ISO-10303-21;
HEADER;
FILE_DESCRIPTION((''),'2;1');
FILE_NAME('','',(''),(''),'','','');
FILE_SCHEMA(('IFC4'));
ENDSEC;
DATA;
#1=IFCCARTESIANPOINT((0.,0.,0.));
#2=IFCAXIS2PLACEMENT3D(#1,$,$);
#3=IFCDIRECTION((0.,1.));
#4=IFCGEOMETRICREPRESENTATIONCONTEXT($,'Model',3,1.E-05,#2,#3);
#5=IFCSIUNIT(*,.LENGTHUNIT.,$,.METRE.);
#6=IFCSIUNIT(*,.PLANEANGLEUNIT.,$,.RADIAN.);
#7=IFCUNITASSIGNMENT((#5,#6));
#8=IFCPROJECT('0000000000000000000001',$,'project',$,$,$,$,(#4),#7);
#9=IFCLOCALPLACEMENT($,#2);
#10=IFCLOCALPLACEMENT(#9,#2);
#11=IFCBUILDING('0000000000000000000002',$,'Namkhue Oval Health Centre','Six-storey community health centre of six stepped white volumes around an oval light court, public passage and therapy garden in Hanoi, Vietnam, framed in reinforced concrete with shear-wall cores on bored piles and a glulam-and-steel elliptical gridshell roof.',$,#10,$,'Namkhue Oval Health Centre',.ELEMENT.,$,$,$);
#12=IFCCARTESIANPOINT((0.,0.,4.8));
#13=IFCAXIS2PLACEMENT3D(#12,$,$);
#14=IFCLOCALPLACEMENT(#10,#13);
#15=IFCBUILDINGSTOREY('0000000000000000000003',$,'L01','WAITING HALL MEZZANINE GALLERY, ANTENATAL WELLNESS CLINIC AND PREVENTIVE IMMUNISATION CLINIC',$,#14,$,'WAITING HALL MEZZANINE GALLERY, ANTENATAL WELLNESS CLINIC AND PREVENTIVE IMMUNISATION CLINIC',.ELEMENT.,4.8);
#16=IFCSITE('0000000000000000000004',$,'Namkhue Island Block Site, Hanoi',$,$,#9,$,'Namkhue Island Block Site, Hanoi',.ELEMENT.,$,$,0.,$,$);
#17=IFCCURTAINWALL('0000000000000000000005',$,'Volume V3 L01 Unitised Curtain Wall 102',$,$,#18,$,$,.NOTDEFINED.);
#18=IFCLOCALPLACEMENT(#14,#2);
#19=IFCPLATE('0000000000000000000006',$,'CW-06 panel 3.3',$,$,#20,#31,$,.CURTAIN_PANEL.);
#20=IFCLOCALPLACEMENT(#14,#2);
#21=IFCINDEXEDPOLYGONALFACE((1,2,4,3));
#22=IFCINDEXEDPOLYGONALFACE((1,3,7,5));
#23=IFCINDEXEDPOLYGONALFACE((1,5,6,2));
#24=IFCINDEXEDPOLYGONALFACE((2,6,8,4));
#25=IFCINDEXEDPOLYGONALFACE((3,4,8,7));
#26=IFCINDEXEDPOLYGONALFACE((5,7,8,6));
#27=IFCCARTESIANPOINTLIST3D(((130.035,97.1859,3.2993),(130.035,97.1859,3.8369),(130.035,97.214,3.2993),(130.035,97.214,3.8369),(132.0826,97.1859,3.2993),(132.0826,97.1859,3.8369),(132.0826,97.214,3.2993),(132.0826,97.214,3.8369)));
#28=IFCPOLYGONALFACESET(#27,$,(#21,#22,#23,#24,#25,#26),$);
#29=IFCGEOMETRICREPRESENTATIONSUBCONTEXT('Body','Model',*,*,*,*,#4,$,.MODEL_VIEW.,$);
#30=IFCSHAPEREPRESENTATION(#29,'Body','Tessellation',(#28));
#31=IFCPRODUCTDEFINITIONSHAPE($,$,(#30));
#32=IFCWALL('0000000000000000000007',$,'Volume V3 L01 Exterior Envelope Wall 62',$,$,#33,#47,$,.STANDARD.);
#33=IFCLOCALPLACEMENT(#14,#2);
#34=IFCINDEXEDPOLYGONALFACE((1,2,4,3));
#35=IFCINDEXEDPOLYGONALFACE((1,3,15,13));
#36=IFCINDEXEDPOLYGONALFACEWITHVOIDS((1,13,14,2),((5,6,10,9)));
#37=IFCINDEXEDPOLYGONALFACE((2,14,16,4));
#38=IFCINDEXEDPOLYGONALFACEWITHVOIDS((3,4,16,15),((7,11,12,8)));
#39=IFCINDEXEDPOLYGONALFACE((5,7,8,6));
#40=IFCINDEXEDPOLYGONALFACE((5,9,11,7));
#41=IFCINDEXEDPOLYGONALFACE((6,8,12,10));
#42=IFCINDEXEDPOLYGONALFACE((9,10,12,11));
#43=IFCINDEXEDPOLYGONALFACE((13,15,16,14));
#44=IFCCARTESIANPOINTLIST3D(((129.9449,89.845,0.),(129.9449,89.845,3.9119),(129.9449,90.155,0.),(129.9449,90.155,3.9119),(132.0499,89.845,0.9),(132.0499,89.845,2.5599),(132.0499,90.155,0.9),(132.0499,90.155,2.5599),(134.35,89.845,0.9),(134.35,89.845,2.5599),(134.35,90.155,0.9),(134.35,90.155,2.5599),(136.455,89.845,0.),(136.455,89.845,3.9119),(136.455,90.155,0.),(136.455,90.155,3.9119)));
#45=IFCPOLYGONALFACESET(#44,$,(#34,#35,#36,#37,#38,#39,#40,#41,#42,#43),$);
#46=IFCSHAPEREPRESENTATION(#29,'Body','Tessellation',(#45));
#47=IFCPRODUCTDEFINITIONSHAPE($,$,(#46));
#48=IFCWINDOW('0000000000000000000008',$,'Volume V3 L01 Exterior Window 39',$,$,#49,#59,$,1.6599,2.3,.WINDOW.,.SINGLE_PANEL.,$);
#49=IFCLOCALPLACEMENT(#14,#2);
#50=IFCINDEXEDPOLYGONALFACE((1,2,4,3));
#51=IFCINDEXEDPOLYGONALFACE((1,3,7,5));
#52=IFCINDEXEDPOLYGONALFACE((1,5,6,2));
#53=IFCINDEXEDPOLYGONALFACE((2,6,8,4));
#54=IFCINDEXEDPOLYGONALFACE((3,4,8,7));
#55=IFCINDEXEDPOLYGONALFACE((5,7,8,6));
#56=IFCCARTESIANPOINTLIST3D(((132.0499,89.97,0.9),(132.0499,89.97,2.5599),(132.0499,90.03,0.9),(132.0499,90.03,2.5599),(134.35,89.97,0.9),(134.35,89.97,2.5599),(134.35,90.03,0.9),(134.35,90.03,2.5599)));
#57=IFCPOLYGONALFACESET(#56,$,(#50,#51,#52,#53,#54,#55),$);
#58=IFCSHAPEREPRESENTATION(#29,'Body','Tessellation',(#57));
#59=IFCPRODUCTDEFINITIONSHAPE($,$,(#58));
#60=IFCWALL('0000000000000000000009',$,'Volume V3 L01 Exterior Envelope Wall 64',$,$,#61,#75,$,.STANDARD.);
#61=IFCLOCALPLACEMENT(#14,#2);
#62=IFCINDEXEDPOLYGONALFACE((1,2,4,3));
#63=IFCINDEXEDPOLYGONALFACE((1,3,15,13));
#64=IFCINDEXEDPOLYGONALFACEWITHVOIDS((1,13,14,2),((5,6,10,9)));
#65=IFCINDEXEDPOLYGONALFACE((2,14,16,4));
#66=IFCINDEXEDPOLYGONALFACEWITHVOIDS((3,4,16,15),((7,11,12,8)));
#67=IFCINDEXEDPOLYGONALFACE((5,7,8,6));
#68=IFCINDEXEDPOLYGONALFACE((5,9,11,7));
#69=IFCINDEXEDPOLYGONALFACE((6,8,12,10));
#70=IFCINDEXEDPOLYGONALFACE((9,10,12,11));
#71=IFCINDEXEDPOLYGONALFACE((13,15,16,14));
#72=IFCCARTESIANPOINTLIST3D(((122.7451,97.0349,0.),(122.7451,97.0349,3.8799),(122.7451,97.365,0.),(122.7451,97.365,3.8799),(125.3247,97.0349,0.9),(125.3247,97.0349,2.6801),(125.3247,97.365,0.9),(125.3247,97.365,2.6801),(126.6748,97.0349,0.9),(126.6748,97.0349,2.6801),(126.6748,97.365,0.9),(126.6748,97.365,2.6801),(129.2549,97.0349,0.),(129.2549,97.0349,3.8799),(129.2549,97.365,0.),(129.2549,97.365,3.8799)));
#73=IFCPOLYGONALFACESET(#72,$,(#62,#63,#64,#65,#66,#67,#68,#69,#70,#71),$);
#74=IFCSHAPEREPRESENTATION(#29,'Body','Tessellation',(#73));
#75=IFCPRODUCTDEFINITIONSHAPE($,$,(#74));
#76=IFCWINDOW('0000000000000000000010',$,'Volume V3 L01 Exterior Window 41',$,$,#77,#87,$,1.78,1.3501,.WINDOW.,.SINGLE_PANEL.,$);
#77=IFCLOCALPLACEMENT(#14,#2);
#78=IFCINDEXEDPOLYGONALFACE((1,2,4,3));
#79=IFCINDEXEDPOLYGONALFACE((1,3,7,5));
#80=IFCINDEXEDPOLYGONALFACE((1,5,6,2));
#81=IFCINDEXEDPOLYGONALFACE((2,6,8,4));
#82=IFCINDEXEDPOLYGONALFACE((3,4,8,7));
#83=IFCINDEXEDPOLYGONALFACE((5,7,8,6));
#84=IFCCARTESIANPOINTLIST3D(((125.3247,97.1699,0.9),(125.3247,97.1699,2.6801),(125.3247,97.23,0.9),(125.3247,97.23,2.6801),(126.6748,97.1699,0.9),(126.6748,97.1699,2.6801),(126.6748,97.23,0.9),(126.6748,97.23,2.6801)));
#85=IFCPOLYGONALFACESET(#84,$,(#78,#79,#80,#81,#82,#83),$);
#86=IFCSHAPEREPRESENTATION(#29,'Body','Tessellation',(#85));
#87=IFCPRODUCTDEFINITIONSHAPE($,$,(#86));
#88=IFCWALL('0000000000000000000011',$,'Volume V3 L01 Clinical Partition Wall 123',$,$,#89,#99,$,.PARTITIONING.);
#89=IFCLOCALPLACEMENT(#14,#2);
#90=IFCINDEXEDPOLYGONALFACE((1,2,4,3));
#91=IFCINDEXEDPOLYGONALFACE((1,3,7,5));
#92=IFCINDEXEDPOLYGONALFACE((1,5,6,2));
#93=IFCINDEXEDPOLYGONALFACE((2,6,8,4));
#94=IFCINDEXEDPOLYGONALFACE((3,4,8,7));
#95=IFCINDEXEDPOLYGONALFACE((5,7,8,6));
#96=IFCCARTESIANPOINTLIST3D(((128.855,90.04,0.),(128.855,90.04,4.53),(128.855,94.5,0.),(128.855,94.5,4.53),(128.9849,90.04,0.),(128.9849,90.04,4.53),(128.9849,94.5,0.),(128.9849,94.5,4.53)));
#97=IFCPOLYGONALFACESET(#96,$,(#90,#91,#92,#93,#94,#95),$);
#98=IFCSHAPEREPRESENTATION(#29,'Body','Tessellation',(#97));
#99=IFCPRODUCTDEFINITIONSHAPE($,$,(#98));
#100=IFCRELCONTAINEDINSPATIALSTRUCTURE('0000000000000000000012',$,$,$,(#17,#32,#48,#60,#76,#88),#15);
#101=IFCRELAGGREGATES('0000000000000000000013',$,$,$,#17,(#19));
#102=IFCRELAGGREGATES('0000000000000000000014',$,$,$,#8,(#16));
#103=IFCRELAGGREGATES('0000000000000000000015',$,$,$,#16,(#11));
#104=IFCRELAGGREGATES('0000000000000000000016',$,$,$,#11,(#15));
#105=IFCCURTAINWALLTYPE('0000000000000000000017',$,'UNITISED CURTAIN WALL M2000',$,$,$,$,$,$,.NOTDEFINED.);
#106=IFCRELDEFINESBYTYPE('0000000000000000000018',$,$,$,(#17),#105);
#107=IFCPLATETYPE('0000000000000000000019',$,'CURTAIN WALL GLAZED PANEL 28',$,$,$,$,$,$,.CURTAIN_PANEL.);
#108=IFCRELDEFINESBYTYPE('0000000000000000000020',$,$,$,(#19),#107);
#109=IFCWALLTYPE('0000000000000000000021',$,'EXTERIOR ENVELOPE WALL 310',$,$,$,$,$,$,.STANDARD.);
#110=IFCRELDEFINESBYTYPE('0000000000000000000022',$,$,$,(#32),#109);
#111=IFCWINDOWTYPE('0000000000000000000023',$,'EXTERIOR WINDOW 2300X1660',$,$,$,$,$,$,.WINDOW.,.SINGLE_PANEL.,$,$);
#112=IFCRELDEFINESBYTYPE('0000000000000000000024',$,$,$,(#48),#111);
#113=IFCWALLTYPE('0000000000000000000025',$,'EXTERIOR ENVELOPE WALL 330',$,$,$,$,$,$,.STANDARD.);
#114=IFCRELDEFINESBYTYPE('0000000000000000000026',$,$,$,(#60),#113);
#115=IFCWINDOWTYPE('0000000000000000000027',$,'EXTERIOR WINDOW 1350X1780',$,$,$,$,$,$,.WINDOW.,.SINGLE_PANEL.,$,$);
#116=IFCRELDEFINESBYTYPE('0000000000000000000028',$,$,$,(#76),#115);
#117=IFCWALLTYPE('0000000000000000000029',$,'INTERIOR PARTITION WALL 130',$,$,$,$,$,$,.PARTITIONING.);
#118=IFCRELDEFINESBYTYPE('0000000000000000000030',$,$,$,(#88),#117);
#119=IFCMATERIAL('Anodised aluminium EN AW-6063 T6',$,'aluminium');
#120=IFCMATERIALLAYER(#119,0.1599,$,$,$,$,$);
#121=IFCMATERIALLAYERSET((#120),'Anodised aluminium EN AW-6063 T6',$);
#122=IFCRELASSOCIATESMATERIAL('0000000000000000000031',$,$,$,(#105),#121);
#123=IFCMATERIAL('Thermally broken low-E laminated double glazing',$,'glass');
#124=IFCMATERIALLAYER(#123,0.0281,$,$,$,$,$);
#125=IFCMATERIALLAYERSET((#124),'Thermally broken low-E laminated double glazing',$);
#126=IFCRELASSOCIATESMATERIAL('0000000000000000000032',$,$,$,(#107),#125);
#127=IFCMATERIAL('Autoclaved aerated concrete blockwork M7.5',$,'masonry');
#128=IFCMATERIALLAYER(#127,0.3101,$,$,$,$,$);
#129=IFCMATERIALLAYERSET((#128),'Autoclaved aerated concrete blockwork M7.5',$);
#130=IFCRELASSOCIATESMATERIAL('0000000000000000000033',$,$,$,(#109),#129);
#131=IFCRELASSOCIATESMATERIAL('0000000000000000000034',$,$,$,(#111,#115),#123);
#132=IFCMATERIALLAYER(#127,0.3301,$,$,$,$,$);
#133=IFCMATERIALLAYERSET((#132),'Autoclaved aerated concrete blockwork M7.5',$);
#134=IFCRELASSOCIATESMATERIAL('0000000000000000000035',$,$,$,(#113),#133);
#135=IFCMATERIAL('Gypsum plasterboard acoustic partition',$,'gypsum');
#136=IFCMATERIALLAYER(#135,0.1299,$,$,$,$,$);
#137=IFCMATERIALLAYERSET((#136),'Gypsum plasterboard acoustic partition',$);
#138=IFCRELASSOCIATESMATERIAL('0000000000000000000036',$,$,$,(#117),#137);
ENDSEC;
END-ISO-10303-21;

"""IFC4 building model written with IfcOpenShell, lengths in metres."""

from ifc_helpers import new_model, si_unit, direction, frame, frame_2d, origin, origin_2d, place, context, subcontext, project, spatial, rectangle, extrude, material, layer, layer_set, type_object, element, fill, aggregate, save


model = new_model("IFC4")

# Units and contexts
model_context = context("Model", 3, precision=1e-05, world=origin(), true_north=direction((0.0, 1.0)))
body_context = subcontext(model_context, "Body", "Model", "MODEL_VIEW")
ifc_project = project(units=[si_unit("LENGTHUNIT", "METRE"), si_unit("PLANEANGLEUNIT", "RADIAN")], contexts=[model_context])

# Site, building, storey
site_placement = place(None, origin())
site = spatial("IfcSite", under=ifc_project, at=site_placement, Name="Namkhue Island Block Site, Hanoi", LongName="Namkhue Island Block Site, Hanoi", CompositionType="ELEMENT", RefElevation=0.0)
building_placement = place(site_placement, origin())
building = spatial("IfcBuilding", under=site, at=building_placement, Name="Namkhue Oval Health Centre", Description="Six-storey community health centre of six stepped white volumes around an oval light court, public passage and therapy garden in Hanoi, Vietnam, framed in reinforced concrete with shear-wall cores on bored piles and a glulam-and-steel elliptical gridshell roof.", LongName="Namkhue Oval Health Centre", CompositionType="ELEMENT")
storey_placement = place(building_placement, frame((0.0, 0.0, 4.8)))
storey = spatial("IfcBuildingStorey", under=building, at=storey_placement, Name="L01", Description="WAITING HALL MEZZANINE GALLERY, ANTENATAL WELLNESS CLINIC AND PREVENTIVE IMMUNISATION CLINIC", LongName="WAITING HALL MEZZANINE GALLERY, ANTENATAL WELLNESS CLINIC AND PREVENTIVE IMMUNISATION CLINIC", CompositionType="ELEMENT", Elevation=4.8)

# Shared definitions
ifc_material_1 = material(Name="Anodised aluminium EN AW-6063 T6", Category="aluminium")

# Curtain wall
ifc_layer_1 = layer(ifc_material_1, 0.1599)
ifc_layer_set_1 = layer_set([ifc_layer_1], Name="Anodised aluminium EN AW-6063 T6")
curtain_wall_type_1 = type_object("IfcCurtainWallType", Name="UNITISED CURTAIN WALL M2000", PredefinedType="NOTDEFINED", material=ifc_layer_set_1)
curtain_wall_1_placement = place(storey_placement, origin())
curtain_wall_1 = element("IfcCurtainWall", 1, at=curtain_wall_1_placement, inside=storey, type_object=curtain_wall_type_1, Name="Volume V3 L01 Unitised Curtain Wall 102", PredefinedType="NOTDEFINED")

# Plate
ifc_material_2 = material(Name="Thermally broken low-E laminated double glazing", Category="glass")
ifc_layer_2 = layer(ifc_material_2, 0.0281)
ifc_layer_set_2 = layer_set([ifc_layer_2], Name="Thermally broken low-E laminated double glazing")
plate_type_1 = type_object("IfcPlateType", Name="CURTAIN WALL GLAZED PANEL 28", PredefinedType="CURTAIN_PANEL", material=ifc_layer_set_2)
plate_1_placement = place(storey_placement, frame((131.0588, 97.2, 3.2993), z_axis=(0.0, 0.0, 1.0), x_axis=(-1.0, 0.0, 0.0)))
plate_1 = element("IfcPlate", 2, at=plate_1_placement, type_object=plate_type_1, Name="CW-06 panel 3.3", PredefinedType="CURTAIN_PANEL", context=body_context, shape_type="SweptSolid", body=[
    extrude(rectangle(XDim=2.0476, YDim=0.0281, at=origin_2d()), origin(), (0.0, 0.0, 1.0), 0.5376),
])
aggregate(curtain_wall_1, [plate_1])

# Walls, openings, windows
ifc_material_3 = material(Name="Autoclaved aerated concrete blockwork M7.5", Category="masonry")
ifc_layer_3 = layer(ifc_material_3, 0.3101)
ifc_layer_set_3 = layer_set([ifc_layer_3], Name="Autoclaved aerated concrete blockwork M7.5")
wall_type_1 = type_object("IfcWallType", Name="EXTERIOR ENVELOPE WALL 310", PredefinedType="STANDARD", material=ifc_layer_set_3)
wall_1_placement = place(storey_placement, frame((129.9451, 90.0, 0.0), z_axis=(0.0, 0.0, 1.0), x_axis=(1.0, 0.0, 0.0)))
wall_1 = element("IfcWall", 3, at=wall_1_placement, inside=storey, type_object=wall_type_1, Name="Volume V3 L01 Exterior Envelope Wall 62", PredefinedType="STANDARD", context=body_context, shape_type="SweptSolid", body=[
    extrude(rectangle(XDim=6.51, YDim=0.3101, at=frame_2d((3.2549, 0.0))), origin(), (0.0, 0.0, 1.0), 3.9119),
])
opening_1_placement = place(wall_1_placement, frame((2.105, 0.0, 0.8999)))
opening_1 = element("IfcOpeningElement", 4, at=opening_1_placement, cuts=wall_1, PredefinedType="OPENING", context=body_context, shape_type="SweptSolid", body=[
    extrude(rectangle(XDim=2.3, YDim=1.6599, at=frame_2d((1.1499, 0.8301))), frame((0.0, 0.165, 0.0), z_axis=(0.0, -1.0, 0.0), x_axis=(1.0, 0.0, 0.0)), (0.0, 0.0, 1.0), 0.3301),
])
window_type_1 = type_object("IfcWindowType", Name="EXTERIOR WINDOW 2300X1660", PartitioningType="SINGLE_PANEL", PredefinedType="WINDOW", material=ifc_material_2)
window_1_placement = place(opening_1_placement, origin())
window_1 = element("IfcWindow", 5, at=window_1_placement, inside=storey, type_object=window_type_1, Name="Volume V3 L01 Exterior Window 39", OverallHeight=1.6599, OverallWidth=2.3, PartitioningType="SINGLE_PANEL", PredefinedType="WINDOW", context=body_context, shape_type="SweptSolid", body=[
    extrude(rectangle(XDim=2.3, YDim=1.6599, at=frame_2d((1.1499, 0.8301))), frame((0.0, 0.03, 0.0), z_axis=(0.0, -1.0, 0.0), x_axis=(1.0, 0.0, 0.0)), (0.0, 0.0, 1.0), 0.0601),
])
fill(opening_1, window_1)
ifc_layer_4 = layer(ifc_material_3, 0.3301)
ifc_layer_set_4 = layer_set([ifc_layer_4], Name="Autoclaved aerated concrete blockwork M7.5")
wall_type_2 = type_object("IfcWallType", Name="EXTERIOR ENVELOPE WALL 330", PredefinedType="STANDARD", material=ifc_layer_set_4)
wall_2_placement = place(storey_placement, frame((129.2549, 97.2, 0.0), z_axis=(0.0, 0.0, 1.0), x_axis=(-1.0, 0.0, 0.0)))
wall_2 = element("IfcWall", 6, at=wall_2_placement, inside=storey, type_object=wall_type_2, Name="Volume V3 L01 Exterior Envelope Wall 64", PredefinedType="STANDARD", context=body_context, shape_type="SweptSolid", body=[
    extrude(rectangle(XDim=6.5098, YDim=0.3301, at=frame_2d((3.2549, 0.0))), origin(), (0.0, 0.0, 1.0), 3.8799),
])
opening_2_placement = place(wall_2_placement, frame((2.5801, 0.0, 0.8999)))
opening_2 = element("IfcOpeningElement", 7, at=opening_2_placement, cuts=wall_2, PredefinedType="OPENING", context=body_context, shape_type="SweptSolid", body=[
    extrude(rectangle(XDim=1.3501, YDim=1.78, at=frame_2d((0.675, 0.8901))), frame((0.0, 0.175, 0.0), z_axis=(0.0, -1.0, 0.0), x_axis=(1.0, 0.0, 0.0)), (0.0, 0.0, 1.0), 0.3501),
])
window_type_2 = type_object("IfcWindowType", Name="EXTERIOR WINDOW 1350X1780", PartitioningType="SINGLE_PANEL", PredefinedType="WINDOW", material=ifc_material_2)
window_2_placement = place(opening_2_placement, origin())
window_2 = element("IfcWindow", 8, at=window_2_placement, inside=storey, type_object=window_type_2, Name="Volume V3 L01 Exterior Window 41", OverallHeight=1.78, OverallWidth=1.3501, PartitioningType="SINGLE_PANEL", PredefinedType="WINDOW", context=body_context, shape_type="SweptSolid", body=[
    extrude(rectangle(XDim=1.3501, YDim=1.78, at=frame_2d((0.675, 0.8901))), frame((0.0, 0.03, 0.0), z_axis=(0.0, -1.0, 0.0), x_axis=(1.0, 0.0, 0.0)), (0.0, 0.0, 1.0), 0.0601),
])
fill(opening_2, window_2)

# Wall
ifc_material_4 = material(Name="Gypsum plasterboard acoustic partition", Category="gypsum")
ifc_layer_5 = layer(ifc_material_4, 0.1299)
ifc_layer_set_5 = layer_set([ifc_layer_5], Name="Gypsum plasterboard acoustic partition")
wall_type_3 = type_object("IfcWallType", Name="INTERIOR PARTITION WALL 130", PredefinedType="PARTITIONING", material=ifc_layer_set_5)
wall_3_placement = place(storey_placement, frame((128.9199, 90.04, 0.0), z_axis=(0.0, 0.0, 1.0), x_axis=(0.0, 1.0, 0.0)))
element("IfcWall", 9, at=wall_3_placement, inside=storey, type_object=wall_type_3, Name="Volume V3 L01 Clinical Partition Wall 123", PredefinedType="PARTITIONING", context=body_context, shape_type="SweptSolid", body=[
    extrude(rectangle(XDim=4.46, YDim=0.1299, at=frame_2d((2.23, 0.0))), origin(), (0.0, 0.0, 1.0), 4.53),
])

save(model, "model.ifc")
